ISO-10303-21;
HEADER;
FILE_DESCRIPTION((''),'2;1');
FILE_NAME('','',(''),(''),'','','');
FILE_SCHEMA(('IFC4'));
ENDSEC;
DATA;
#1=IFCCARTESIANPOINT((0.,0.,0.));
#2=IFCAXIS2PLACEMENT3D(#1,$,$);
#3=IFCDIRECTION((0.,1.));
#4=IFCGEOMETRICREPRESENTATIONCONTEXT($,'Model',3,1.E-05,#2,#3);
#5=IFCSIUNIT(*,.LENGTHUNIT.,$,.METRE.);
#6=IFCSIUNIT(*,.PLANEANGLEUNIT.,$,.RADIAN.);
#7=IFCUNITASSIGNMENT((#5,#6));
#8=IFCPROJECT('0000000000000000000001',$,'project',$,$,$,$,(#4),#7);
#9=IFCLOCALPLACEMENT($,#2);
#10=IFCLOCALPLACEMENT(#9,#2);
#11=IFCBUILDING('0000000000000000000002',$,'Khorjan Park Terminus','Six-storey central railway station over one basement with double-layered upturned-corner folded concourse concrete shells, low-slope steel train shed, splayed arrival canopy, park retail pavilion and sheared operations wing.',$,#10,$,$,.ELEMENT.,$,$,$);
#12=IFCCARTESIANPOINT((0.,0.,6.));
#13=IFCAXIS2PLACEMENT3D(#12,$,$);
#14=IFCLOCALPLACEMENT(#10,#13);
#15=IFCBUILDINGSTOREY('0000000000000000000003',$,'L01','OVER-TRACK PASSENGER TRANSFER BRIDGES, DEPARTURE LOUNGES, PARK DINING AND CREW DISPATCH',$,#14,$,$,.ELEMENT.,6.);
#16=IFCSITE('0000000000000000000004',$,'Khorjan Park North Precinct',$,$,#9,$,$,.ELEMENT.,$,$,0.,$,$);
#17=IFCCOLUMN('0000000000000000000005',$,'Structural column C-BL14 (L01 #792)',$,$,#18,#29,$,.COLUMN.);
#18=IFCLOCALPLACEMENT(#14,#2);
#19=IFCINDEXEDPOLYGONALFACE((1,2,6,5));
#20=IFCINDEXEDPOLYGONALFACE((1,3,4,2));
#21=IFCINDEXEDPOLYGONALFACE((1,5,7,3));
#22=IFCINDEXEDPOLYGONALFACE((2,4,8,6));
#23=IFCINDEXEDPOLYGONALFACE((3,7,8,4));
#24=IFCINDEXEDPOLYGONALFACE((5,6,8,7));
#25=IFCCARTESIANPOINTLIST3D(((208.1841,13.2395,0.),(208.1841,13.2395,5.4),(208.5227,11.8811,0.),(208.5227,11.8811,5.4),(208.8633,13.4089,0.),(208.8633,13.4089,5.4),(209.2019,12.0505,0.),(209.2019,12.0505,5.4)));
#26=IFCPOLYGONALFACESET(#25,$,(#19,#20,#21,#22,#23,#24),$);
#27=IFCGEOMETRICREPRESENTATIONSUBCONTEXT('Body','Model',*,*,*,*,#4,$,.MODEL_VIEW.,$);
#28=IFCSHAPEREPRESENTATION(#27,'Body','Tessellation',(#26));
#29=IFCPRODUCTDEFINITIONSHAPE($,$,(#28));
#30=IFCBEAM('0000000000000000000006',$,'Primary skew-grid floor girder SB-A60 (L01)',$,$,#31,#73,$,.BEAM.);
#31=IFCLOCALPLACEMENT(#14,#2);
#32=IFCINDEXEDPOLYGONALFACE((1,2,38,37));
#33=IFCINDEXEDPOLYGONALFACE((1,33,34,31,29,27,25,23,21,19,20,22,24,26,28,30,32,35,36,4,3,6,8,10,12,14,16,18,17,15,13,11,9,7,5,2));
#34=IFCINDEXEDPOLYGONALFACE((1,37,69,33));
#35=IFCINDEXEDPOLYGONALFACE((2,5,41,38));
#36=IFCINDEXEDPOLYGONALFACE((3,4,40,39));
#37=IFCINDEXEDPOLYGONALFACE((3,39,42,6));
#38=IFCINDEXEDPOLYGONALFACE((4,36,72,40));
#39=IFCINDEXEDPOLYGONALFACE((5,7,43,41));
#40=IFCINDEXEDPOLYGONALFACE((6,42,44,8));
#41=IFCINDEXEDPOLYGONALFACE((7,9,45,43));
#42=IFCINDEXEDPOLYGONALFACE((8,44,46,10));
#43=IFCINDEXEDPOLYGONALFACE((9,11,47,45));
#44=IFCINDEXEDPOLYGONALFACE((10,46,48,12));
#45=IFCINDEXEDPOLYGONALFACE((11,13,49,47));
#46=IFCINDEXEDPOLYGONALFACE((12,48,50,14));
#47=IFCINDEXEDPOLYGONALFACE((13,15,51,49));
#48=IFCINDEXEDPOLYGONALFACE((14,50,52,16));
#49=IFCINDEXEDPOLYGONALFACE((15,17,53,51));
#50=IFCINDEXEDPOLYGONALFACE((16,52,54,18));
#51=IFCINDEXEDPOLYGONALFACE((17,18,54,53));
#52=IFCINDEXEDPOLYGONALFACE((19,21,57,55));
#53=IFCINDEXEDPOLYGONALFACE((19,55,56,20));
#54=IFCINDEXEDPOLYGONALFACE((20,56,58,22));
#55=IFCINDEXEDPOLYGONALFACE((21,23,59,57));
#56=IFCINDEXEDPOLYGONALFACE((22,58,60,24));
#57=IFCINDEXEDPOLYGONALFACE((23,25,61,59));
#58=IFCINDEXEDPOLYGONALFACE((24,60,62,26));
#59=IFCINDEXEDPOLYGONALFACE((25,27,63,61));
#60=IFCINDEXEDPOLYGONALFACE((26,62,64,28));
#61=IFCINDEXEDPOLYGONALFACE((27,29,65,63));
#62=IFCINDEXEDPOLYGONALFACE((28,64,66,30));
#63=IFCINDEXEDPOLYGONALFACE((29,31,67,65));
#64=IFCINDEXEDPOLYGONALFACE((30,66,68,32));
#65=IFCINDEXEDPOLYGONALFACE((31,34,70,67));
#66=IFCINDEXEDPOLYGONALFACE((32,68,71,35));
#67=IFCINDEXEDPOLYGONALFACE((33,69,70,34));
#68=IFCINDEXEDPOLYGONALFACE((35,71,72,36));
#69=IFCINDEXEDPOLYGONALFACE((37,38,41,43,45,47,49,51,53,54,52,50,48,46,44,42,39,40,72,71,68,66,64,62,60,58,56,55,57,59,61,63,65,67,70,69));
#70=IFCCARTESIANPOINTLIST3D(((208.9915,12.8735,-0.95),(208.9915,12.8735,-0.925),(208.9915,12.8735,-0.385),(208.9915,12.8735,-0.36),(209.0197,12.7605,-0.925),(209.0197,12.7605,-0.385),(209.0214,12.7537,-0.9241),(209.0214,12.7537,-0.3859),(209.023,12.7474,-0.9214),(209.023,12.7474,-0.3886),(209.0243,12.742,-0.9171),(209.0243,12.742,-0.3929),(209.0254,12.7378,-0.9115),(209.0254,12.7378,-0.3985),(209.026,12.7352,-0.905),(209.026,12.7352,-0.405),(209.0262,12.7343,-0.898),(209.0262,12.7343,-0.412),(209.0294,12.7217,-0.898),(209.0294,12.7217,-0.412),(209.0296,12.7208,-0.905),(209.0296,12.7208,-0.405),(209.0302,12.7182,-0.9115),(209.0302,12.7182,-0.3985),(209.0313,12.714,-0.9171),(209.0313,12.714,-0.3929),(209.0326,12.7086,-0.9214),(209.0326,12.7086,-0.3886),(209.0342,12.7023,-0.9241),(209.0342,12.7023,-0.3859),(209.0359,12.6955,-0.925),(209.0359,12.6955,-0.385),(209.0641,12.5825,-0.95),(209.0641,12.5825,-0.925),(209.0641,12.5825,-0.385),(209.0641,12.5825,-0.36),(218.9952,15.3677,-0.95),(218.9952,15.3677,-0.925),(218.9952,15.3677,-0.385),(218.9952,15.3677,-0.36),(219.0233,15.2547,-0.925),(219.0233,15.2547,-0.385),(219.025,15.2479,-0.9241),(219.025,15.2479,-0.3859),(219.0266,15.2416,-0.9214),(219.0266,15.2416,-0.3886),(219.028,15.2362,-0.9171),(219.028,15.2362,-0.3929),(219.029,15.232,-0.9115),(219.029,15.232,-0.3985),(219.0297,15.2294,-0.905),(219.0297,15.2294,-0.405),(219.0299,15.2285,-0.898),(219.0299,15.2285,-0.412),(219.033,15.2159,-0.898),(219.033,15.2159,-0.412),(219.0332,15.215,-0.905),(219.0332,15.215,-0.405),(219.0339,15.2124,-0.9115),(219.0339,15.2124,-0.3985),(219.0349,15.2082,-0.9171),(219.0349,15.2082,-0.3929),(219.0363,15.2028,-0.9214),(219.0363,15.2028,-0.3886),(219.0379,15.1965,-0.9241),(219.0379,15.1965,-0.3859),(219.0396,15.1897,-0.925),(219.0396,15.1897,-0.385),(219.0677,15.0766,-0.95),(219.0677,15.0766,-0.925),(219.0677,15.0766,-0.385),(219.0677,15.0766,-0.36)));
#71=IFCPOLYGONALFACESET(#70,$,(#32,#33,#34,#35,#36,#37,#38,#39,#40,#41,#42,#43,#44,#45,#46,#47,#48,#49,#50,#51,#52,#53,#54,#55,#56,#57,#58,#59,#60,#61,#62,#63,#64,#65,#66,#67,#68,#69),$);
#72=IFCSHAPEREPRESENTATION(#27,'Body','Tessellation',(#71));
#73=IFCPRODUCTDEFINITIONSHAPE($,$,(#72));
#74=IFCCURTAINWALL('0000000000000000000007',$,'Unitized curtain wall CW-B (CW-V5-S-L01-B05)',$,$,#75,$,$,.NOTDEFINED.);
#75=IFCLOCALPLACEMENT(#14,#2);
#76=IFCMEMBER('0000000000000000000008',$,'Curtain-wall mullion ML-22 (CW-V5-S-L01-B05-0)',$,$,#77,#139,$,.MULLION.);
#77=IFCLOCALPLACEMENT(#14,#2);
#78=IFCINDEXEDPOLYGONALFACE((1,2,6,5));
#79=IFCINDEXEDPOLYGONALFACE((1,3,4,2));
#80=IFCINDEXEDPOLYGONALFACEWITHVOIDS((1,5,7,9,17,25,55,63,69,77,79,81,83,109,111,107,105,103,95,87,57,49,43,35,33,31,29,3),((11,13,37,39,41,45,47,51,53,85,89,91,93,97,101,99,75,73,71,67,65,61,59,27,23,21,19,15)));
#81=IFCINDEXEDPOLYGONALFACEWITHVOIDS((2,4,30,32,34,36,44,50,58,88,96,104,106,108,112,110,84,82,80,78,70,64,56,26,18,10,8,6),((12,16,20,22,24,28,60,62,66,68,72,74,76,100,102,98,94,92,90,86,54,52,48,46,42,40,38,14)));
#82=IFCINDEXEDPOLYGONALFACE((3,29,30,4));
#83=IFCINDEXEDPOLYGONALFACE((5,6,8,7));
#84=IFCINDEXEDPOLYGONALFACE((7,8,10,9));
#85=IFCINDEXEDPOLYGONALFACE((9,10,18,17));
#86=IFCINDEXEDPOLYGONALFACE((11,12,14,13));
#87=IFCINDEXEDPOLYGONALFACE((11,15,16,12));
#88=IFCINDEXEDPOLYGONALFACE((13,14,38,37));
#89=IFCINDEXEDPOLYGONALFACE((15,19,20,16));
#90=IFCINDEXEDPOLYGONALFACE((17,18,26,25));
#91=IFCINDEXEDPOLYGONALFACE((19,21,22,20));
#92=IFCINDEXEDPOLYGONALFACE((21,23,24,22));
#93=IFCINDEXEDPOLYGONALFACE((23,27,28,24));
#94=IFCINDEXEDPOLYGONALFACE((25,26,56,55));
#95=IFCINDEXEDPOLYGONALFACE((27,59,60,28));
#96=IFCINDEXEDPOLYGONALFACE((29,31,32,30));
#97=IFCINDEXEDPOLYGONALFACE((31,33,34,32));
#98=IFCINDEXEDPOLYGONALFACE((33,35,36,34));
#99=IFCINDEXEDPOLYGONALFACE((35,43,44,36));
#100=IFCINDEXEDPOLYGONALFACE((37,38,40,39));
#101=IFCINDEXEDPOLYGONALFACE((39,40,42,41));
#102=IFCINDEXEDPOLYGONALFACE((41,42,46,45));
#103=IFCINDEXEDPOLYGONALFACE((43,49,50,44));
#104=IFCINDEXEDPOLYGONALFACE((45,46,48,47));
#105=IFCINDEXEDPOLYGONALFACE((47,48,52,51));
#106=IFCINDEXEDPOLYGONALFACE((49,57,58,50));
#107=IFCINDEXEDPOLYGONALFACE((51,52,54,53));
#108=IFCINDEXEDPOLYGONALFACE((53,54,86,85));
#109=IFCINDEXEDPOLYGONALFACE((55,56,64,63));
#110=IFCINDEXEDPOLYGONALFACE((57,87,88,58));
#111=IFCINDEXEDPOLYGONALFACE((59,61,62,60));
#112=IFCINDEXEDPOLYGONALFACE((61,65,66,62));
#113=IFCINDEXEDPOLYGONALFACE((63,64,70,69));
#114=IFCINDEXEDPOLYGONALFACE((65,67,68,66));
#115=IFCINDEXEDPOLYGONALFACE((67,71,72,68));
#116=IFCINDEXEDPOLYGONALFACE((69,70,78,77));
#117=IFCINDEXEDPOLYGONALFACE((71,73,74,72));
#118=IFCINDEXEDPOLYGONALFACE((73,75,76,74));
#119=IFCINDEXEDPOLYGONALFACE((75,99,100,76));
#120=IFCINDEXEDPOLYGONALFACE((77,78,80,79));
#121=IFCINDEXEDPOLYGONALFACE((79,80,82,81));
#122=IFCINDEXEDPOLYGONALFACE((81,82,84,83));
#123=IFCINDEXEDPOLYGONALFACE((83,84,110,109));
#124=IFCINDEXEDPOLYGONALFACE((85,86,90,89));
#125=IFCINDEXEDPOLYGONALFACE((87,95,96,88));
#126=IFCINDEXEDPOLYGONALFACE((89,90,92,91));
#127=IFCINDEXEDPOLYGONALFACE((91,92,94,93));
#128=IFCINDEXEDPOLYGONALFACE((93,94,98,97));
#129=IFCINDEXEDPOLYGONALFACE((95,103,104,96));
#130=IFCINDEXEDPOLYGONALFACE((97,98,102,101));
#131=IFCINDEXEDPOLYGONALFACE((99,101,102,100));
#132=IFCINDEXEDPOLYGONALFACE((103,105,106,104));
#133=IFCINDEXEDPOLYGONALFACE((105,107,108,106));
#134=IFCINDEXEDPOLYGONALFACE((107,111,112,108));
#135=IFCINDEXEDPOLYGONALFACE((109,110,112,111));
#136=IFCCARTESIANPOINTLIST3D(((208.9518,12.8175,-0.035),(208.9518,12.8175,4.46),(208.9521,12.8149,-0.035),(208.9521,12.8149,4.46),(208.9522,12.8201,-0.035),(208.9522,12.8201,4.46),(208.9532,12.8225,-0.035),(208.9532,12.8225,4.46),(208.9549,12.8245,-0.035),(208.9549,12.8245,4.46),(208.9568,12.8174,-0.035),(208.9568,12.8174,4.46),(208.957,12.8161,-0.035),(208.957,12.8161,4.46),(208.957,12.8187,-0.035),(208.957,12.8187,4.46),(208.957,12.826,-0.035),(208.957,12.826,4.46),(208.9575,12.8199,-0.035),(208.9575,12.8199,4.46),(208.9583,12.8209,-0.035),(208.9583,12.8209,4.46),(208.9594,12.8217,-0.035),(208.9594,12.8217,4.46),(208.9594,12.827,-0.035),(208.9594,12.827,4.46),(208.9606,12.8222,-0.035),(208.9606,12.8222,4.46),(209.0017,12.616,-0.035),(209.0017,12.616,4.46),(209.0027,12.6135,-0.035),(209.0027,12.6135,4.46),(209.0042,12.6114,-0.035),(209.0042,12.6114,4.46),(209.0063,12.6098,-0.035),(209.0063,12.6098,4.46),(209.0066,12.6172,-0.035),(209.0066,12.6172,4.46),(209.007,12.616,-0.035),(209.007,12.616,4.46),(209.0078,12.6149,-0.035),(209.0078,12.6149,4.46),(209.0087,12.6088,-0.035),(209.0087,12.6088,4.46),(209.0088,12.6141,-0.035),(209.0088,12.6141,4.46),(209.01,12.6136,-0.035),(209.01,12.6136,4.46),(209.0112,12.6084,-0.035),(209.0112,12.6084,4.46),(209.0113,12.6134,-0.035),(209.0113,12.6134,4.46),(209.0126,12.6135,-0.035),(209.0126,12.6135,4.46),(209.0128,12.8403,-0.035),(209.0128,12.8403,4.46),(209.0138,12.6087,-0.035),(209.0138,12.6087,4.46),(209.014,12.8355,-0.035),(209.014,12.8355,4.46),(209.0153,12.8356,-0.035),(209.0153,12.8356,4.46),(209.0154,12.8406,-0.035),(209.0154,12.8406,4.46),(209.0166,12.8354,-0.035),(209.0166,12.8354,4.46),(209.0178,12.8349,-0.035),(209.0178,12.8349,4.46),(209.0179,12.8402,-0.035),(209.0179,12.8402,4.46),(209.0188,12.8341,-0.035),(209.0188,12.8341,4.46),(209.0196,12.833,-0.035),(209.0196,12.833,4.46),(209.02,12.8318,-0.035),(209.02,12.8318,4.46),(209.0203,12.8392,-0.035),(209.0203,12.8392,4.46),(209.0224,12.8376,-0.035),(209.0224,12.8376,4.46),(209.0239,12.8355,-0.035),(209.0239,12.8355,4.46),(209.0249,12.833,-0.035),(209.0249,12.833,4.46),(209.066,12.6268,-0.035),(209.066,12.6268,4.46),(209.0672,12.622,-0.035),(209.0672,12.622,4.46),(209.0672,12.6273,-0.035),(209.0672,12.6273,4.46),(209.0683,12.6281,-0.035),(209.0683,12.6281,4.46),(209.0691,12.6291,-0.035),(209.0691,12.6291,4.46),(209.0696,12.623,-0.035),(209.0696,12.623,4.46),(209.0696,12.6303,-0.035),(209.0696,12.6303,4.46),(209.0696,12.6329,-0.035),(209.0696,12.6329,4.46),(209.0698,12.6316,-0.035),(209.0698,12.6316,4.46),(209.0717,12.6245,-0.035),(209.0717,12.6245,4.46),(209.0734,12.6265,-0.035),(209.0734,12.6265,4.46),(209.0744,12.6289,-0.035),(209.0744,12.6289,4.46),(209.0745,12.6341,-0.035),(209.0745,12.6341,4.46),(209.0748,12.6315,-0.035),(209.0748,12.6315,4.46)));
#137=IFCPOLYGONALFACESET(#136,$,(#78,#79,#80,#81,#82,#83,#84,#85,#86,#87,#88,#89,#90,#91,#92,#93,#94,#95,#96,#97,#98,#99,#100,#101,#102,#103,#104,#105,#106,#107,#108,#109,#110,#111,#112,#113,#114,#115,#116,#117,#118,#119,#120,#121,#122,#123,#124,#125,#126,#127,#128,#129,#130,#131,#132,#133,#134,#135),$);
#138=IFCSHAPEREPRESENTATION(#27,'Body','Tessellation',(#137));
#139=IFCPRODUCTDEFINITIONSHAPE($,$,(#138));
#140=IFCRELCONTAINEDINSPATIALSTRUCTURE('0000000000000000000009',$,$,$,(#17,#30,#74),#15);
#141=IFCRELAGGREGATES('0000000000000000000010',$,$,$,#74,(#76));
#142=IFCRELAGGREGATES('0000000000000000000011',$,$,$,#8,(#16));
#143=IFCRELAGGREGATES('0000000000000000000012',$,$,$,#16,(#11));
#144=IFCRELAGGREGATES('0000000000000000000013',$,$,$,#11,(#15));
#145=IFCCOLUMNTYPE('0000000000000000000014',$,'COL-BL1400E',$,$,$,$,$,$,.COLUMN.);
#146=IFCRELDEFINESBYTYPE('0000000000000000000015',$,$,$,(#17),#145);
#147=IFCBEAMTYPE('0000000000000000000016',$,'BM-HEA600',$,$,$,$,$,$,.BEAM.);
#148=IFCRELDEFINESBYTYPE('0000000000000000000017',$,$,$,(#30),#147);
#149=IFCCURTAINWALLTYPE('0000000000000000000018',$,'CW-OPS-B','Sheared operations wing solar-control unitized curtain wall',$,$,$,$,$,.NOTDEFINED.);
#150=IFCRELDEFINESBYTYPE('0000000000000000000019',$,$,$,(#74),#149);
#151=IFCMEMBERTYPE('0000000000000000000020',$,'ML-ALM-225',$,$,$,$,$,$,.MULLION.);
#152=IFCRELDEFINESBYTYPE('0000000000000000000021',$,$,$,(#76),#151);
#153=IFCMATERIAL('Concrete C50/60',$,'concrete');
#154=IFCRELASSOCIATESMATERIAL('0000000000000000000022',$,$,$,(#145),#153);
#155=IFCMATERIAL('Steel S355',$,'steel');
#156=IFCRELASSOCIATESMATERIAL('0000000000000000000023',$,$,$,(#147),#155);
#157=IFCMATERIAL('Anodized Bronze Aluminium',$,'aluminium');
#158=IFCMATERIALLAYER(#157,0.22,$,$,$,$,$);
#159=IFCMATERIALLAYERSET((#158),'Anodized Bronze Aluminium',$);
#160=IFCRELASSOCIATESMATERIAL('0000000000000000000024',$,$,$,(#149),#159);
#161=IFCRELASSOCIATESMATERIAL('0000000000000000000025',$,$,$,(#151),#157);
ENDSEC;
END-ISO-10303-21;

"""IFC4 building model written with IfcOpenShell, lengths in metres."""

from ifc_helpers import new_model, si_unit, direction, frame, origin, origin_2d, place, context, subcontext, project, spatial, rectangle, hollow_rectangle, i_section, extrude, material, layer, layer_set, material_profile, profile_set, type_object, element, aggregate, save


model = new_model("IFC4")

# Units and contexts
model_context = context("Model", 3, precision=1e-05, world=origin(), true_north=direction((0.0, 1.0)))
body_context = subcontext(model_context, "Body", "Model", "MODEL_VIEW")
ifc_project = project(units=[si_unit("LENGTHUNIT", "METRE"), si_unit("PLANEANGLEUNIT", "RADIAN")], contexts=[model_context])

# Site, building, storey
site_placement = place(None, origin())
site = spatial("IfcSite", under=ifc_project, at=site_placement, Name="Khorjan Park North Precinct", CompositionType="ELEMENT", RefElevation=0.0)
building_placement = place(site_placement, origin())
building = spatial("IfcBuilding", under=site, at=building_placement, Name="Khorjan Park Terminus", Description="Six-storey central railway station over one basement with double-layered upturned-corner folded concourse concrete shells, low-slope steel train shed, splayed arrival canopy, park retail pavilion and sheared operations wing.", CompositionType="ELEMENT")
storey_placement = place(building_placement, frame((0.0, 0.0, 6.0)))
storey = spatial("IfcBuildingStorey", under=building, at=storey_placement, Name="L01", Description="OVER-TRACK PASSENGER TRANSFER BRIDGES, DEPARTURE LOUNGES, PARK DINING AND CREW DISPATCH", CompositionType="ELEMENT", Elevation=6.0)

# Column
ifc_material_1 = material(Name="Concrete C50/60", Category="concrete")
ifc_material_profile_1 = material_profile(ifc_material_1, rectangle(XDim=0.7, YDim=1.4, at=origin_2d()), Name="RC 700x1400")
ifc_profile_set_1 = profile_set([ifc_material_profile_1], Name="Concrete C50/60")
column_type = type_object("IfcColumnType", Name="COL-BL1400E", PredefinedType="COLUMN", material=ifc_profile_set_1)
column_placement = place(storey_placement, frame((208.693, 12.645, 0.0), z_axis=(0.0, 0.0, 1.0), x_axis=(0.970296, 0.241922, 0.0)))
element("IfcColumn", 1, at=column_placement, inside=storey, type_object=column_type, Name="Structural column C-BL14 (L01 #792)", PredefinedType="COLUMN", context=body_context, shape_type="SweptSolid", body=[
    extrude(rectangle(XDim=0.7, YDim=1.4, at=origin_2d()), origin(), (0.0, 0.0, 1.0), 5.4),
])

# Beam
ifc_material_2 = material(Name="Steel S355", Category="steel")
ifc_material_profile_2 = material_profile(ifc_material_2, i_section(OverallWidth=0.3, OverallDepth=0.59, WebThickness=0.013, FlangeThickness=0.025, FilletRadius=0.027, at=origin_2d()), Name="HEA 600")
ifc_profile_set_2 = profile_set([ifc_material_profile_2], Name="Steel S355")
beam_type = type_object("IfcBeamType", Name="BM-HEA600", PredefinedType="BEAM", material=ifc_profile_set_2)
beam_placement = place(storey_placement, frame((209.0278, 12.728, -0.655), z_axis=(0.970296, 0.241922, 0.0), x_axis=(-0.241922, 0.970296, 0.0)))
element("IfcBeam", 2, at=beam_placement, inside=storey, type_object=beam_type, Name="Primary skew-grid floor girder SB-A60 (L01)", PredefinedType="BEAM", context=body_context, shape_type="SweptSolid", body=[
    extrude(i_section(OverallWidth=0.3, OverallDepth=0.59, WebThickness=0.013, FlangeThickness=0.025, FilletRadius=0.027, at=origin_2d()), origin(), (0.0, 0.0, 1.0), 10.3099),
])

# Curtain wall, member
ifc_material_3 = material(Name="Anodized Bronze Aluminium", Category="aluminium")
ifc_layer_1 = layer(ifc_material_3, 0.22)
ifc_layer_set_1 = layer_set([ifc_layer_1], Name="Anodized Bronze Aluminium")
curtain_wall_type = type_object("IfcCurtainWallType", Name="CW-OPS-B", Description="Sheared operations wing solar-control unitized curtain wall", PredefinedType="NOTDEFINED", material=ifc_layer_set_1)
curtain_wall_placement = place(storey_placement, origin())
curtain_wall = element("IfcCurtainWall", 3, at=curtain_wall_placement, inside=storey, type_object=curtain_wall_type, Name="Unitized curtain wall CW-B (CW-V5-S-L01-B05)", PredefinedType="NOTDEFINED")
ifc_material_profile_3 = material_profile(ifc_material_3, hollow_rectangle(XDim=0.075, YDim=0.225, WallThickness=0.005, InnerFilletRadius=0.005, OuterFilletRadius=0.01, at=origin_2d()), Name="ALM 75x225x5")
ifc_profile_set_3 = profile_set([ifc_material_profile_3], Name="Anodized Bronze Aluminium")
member_type_1 = type_object("IfcMemberType", Name="ML-ALM-225", PredefinedType="MULLION", material=ifc_profile_set_3)
member_1_placement = place(storey_placement, frame((209.0133, 12.7245, -0.035), z_axis=(0.0, 0.0, 1.0), x_axis=(0.970298, 0.241912, 0.0)))
member_1 = element("IfcMember", 4, at=member_1_placement, type_object=member_type_1, Name="Curtain-wall mullion ML-22 (CW-V5-S-L01-B05-0)", PredefinedType="MULLION", context=body_context, shape_type="SweptSolid", body=[
    extrude(hollow_rectangle(XDim=0.075, YDim=0.225, WallThickness=0.005, InnerFilletRadius=0.005, OuterFilletRadius=0.01, at=origin_2d()), origin(), (0.0, 0.0, 1.0), 4.495),
])
aggregate(curtain_wall, [member_1])

save(model, "model.ifc")
